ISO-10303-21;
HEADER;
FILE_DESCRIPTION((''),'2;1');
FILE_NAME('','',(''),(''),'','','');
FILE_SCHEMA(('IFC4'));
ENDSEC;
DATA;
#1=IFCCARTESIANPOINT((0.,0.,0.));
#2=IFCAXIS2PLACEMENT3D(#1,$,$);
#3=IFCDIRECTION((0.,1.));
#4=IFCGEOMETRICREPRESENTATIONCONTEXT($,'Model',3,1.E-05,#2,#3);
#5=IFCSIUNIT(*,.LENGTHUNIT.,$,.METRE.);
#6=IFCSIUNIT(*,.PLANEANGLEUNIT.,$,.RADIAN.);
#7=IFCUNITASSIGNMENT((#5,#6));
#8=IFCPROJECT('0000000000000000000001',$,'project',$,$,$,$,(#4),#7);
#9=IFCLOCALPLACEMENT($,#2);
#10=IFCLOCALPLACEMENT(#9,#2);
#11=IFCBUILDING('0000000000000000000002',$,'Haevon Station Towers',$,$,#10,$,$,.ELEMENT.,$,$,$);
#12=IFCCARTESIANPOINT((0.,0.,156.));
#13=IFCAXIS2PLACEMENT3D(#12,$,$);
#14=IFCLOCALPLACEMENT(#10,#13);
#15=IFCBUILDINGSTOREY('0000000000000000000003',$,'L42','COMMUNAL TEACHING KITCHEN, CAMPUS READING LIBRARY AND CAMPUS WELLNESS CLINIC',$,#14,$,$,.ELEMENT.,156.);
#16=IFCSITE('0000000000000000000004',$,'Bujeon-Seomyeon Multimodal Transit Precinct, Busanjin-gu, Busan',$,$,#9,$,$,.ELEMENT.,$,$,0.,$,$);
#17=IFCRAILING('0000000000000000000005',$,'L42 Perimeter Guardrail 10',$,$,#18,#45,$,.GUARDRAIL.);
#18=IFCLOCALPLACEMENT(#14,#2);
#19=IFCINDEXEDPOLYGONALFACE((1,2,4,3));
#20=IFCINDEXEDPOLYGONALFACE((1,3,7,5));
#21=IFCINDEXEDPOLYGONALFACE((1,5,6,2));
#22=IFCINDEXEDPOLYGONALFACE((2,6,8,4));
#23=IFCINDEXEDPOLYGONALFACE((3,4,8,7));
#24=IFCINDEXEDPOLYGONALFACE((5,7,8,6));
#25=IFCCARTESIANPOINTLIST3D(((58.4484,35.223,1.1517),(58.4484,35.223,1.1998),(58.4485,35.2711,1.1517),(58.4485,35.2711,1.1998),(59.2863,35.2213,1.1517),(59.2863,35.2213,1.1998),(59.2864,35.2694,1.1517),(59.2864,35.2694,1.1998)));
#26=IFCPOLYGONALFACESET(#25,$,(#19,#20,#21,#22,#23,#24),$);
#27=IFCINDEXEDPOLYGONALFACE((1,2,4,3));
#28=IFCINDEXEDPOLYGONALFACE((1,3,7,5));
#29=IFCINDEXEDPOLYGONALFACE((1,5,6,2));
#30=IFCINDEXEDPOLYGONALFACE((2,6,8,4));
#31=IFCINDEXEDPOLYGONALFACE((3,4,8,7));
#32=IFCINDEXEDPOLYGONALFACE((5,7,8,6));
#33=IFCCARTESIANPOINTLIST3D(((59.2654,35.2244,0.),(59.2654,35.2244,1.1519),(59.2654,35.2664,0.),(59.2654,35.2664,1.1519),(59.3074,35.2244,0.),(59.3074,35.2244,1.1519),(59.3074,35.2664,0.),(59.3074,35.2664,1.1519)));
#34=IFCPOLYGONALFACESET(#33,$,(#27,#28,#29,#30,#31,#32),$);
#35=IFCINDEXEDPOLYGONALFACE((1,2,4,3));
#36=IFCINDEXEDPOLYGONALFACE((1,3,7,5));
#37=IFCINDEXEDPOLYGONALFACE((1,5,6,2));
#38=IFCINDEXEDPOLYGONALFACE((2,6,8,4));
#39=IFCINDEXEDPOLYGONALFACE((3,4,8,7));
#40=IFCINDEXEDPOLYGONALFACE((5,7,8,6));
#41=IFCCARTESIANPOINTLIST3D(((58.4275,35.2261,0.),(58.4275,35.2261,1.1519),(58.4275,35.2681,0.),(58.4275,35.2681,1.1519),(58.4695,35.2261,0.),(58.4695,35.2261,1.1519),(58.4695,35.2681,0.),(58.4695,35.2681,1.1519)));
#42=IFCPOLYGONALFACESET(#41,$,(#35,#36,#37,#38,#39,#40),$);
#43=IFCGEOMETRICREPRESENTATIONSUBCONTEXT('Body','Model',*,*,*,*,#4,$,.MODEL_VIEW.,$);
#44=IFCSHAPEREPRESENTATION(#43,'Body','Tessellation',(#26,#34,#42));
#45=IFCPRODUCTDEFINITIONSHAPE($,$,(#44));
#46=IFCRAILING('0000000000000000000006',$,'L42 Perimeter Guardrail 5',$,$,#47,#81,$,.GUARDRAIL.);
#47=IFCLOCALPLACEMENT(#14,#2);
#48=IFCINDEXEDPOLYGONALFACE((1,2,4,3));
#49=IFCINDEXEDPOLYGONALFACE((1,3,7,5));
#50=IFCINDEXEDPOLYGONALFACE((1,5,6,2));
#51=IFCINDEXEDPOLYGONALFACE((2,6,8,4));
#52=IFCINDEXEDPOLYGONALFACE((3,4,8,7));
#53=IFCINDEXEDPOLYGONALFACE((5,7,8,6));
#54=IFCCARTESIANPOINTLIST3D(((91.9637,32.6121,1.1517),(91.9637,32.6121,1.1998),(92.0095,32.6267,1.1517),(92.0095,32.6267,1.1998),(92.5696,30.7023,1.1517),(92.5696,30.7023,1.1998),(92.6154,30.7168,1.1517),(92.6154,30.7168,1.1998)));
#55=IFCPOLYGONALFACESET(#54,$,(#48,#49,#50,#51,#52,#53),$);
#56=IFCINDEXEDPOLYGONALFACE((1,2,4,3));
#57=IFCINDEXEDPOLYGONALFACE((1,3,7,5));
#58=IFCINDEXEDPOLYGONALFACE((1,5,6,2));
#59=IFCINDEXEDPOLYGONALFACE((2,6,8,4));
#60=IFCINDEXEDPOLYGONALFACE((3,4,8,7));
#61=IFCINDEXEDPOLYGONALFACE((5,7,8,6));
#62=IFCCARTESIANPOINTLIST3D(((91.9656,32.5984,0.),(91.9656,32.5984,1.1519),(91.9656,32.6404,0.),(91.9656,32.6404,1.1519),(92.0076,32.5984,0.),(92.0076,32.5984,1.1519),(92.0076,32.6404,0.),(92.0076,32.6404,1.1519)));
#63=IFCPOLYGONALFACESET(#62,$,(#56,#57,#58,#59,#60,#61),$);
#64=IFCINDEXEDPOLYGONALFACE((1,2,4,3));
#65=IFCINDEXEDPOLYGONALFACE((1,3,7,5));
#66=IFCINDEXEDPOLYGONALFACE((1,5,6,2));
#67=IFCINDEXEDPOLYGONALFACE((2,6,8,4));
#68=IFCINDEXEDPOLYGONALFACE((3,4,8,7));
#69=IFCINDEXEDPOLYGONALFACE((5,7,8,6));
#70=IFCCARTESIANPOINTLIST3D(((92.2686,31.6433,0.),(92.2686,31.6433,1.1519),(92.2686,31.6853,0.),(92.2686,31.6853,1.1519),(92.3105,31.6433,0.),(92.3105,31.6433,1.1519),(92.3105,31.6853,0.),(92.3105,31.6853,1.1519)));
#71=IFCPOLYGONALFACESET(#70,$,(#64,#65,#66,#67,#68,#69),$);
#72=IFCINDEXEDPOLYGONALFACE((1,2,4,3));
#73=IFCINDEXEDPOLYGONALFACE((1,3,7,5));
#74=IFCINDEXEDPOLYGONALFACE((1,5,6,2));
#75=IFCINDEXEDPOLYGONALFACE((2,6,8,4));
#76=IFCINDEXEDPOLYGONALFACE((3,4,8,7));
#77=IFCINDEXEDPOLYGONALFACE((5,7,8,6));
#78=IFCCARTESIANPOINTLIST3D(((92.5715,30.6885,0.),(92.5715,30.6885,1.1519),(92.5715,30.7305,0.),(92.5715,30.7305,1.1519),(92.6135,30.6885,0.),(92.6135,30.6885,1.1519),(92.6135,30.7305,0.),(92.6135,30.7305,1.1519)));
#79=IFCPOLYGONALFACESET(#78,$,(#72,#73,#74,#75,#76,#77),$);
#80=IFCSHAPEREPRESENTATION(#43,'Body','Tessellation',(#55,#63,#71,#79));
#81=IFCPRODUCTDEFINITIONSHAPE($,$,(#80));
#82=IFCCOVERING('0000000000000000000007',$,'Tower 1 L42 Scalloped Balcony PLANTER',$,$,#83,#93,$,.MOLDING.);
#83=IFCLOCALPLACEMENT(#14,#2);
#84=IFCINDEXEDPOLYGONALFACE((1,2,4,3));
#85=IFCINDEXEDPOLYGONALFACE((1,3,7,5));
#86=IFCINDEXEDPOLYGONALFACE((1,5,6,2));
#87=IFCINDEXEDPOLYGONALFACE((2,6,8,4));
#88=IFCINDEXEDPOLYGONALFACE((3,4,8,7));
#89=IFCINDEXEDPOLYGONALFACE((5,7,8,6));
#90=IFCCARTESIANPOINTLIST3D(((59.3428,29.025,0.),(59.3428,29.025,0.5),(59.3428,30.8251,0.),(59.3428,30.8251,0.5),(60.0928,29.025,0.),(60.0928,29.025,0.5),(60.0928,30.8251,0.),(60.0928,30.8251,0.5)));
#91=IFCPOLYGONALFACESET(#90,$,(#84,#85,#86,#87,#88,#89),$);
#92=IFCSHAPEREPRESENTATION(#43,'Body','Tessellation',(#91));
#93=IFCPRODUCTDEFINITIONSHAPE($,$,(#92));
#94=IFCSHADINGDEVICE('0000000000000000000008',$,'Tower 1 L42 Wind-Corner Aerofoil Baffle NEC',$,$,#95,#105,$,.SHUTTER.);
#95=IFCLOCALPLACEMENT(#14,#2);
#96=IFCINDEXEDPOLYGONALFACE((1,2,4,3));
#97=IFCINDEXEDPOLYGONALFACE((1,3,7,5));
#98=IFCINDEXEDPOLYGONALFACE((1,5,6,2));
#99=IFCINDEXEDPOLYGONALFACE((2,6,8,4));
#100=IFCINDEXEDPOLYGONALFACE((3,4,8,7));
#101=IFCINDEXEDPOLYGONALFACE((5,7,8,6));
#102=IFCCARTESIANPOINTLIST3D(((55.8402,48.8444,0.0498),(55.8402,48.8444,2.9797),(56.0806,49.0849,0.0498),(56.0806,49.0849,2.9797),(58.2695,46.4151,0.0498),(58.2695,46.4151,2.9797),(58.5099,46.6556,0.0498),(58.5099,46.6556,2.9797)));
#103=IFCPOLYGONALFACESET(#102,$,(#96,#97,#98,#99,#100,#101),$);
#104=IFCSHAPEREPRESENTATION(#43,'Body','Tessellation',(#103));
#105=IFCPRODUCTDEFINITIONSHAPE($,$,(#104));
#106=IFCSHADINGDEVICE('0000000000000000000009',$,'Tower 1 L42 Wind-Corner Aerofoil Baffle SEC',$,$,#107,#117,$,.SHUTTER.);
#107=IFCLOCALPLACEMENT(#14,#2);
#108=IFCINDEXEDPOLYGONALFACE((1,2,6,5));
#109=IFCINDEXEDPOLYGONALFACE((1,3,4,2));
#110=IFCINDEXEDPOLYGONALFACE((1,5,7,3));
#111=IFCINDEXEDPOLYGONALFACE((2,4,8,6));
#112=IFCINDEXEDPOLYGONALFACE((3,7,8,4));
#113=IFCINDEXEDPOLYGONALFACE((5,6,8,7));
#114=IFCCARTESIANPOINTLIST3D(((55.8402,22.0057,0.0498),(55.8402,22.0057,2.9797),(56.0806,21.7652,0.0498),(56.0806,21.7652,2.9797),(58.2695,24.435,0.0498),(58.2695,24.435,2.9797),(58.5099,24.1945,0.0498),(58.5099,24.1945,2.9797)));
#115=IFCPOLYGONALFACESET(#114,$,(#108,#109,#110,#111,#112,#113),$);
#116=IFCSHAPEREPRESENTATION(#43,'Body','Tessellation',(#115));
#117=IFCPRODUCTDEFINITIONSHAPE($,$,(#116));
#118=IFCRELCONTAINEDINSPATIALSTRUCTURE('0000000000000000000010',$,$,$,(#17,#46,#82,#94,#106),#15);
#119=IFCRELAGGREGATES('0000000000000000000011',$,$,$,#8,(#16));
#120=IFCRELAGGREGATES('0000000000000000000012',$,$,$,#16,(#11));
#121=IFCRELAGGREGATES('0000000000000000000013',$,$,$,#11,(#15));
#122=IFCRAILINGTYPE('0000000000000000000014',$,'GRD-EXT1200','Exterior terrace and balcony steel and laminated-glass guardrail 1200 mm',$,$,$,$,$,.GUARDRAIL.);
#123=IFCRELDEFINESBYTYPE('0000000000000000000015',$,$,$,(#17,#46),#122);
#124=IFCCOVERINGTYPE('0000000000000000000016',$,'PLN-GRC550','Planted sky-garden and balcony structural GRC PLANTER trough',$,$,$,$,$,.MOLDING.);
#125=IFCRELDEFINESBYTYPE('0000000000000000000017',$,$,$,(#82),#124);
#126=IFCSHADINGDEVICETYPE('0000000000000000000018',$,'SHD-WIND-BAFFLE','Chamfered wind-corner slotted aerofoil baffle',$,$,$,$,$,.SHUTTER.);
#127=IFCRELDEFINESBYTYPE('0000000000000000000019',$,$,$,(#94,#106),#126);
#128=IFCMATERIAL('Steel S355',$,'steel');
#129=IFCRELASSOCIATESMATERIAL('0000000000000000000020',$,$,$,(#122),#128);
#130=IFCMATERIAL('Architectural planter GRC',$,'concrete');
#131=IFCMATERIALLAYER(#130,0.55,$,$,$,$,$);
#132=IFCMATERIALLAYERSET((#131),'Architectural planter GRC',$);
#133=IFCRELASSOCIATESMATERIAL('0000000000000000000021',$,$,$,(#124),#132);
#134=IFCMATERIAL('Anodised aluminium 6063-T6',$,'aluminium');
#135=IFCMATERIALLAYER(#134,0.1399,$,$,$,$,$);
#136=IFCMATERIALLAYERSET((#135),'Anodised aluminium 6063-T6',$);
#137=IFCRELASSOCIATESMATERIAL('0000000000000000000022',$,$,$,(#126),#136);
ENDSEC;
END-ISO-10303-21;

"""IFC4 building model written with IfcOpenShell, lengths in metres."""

from ifc_helpers import new_model, si_unit, direction, frame, origin, origin_2d, place, context, subcontext, project, spatial, rectangle, extrude, material, layer, layer_set, type_object, element, save


model = new_model("IFC4")

# Units and contexts
model_context = context("Model", 3, precision=1e-05, world=origin(), true_north=direction((0.0, 1.0)))
body_context = subcontext(model_context, "Body", "Model", "MODEL_VIEW")
ifc_project = project(units=[si_unit("LENGTHUNIT", "METRE"), si_unit("PLANEANGLEUNIT", "RADIAN")], contexts=[model_context])

# Site, building, storey
site_placement = place(None, origin())
site = spatial("IfcSite", under=ifc_project, at=site_placement, Name="Bujeon-Seomyeon Multimodal Transit Precinct, Busanjin-gu, Busan", CompositionType="ELEMENT", RefElevation=0.0)
building_placement = place(site_placement, origin())
building = spatial("IfcBuilding", under=site, at=building_placement, Name="Haevon Station Towers", CompositionType="ELEMENT")
storey_placement = place(building_placement, frame((0.0, 0.0, 156.0)))
storey = spatial("IfcBuildingStorey", under=building, at=storey_placement, Name="L42", Description="COMMUNAL TEACHING KITCHEN, CAMPUS READING LIBRARY AND CAMPUS WELLNESS CLINIC", CompositionType="ELEMENT", Elevation=156.0)

# Shared definitions
ifc_material_1 = material(Name="Steel S355", Category="steel")

# Railings
railing_type = type_object("IfcRailingType", Name="GRD-EXT1200", Description="Exterior terrace and balcony steel and laminated-glass guardrail 1200 mm", PredefinedType="GUARDRAIL", material=ifc_material_1)
railing_1_placement = place(storey_placement, frame((59.2864, 35.2454, 0.0)))
element("IfcRailing", 1, at=railing_1_placement, inside=storey, type_object=railing_type, Name="L42 Perimeter Guardrail 10", PredefinedType="GUARDRAIL", context=body_context, shape_type="SweptSolid", body=[
    extrude(rectangle(XDim=0.0481, YDim=0.0481, at=origin_2d()), frame((0.0, 0.0, 1.1758), z_axis=(-0.999998, 0.00204, 0.0), x_axis=(-0.00204, -0.999998, 0.0)), (0.0, 0.0, 1.0), 0.8379),
    extrude(rectangle(XDim=0.042, YDim=0.042, at=origin_2d()), origin(), (0.0, 0.0, 1.0), 1.1519),
    extrude(rectangle(XDim=0.042, YDim=0.042, at=origin_2d()), frame((-0.8379, 0.0017, 0.0)), (0.0, 0.0, 1.0), 1.1519),
])
railing_2_placement = place(storey_placement, frame((91.9866, 32.6194, 0.0)))
element("IfcRailing", 2, at=railing_2_placement, inside=storey, type_object=railing_type, Name="L42 Perimeter Guardrail 5", PredefinedType="GUARDRAIL", context=body_context, shape_type="SweptSolid", body=[
    extrude(rectangle(XDim=0.0481, YDim=0.0481, at=origin_2d()), frame((0.0, 0.0, 1.1758), z_axis=(0.302414, -0.953177, 0.0), x_axis=(0.953177, 0.302414, 0.0)), (0.0, 0.0, 1.0), 2.0037),
    extrude(rectangle(XDim=0.042, YDim=0.042, at=origin_2d()), origin(), (0.0, 0.0, 1.0), 1.1519),
    extrude(rectangle(XDim=0.042, YDim=0.042, at=origin_2d()), frame((0.303, -0.9551, 0.0)), (0.0, 0.0, 1.0), 1.1519),
    extrude(rectangle(XDim=0.042, YDim=0.042, at=origin_2d()), frame((0.606, -1.9099, 0.0)), (0.0, 0.0, 1.0), 1.1519),
])

# Covering
ifc_material_2 = material(Name="Architectural planter GRC", Category="concrete")
ifc_layer_1 = layer(ifc_material_2, 0.55)
ifc_layer_set_1 = layer_set([ifc_layer_1], Name="Architectural planter GRC")
covering_type = type_object("IfcCoveringType", Name="PLN-GRC550", Description="Planted sky-garden and balcony structural GRC PLANTER trough", PredefinedType="MOLDING", material=ifc_layer_set_1)
covering_placement = place(storey_placement, frame((59.7178, 29.925, 0.0), z_axis=(0.0, 0.0, 1.0), x_axis=(1.0, 0.0, 0.0)))
element("IfcCovering", 3, at=covering_placement, inside=storey, type_object=covering_type, Name="Tower 1 L42 Scalloped Balcony PLANTER", PredefinedType="MOLDING", context=body_context, shape_type="SweptSolid", body=[
    extrude(rectangle(XDim=0.75, YDim=1.8, at=origin_2d()), origin(), (0.0, 0.0, 1.0), 0.5),
])

# Shading devices
ifc_material_3 = material(Name="Anodised aluminium 6063-T6", Category="aluminium")
ifc_layer_2 = layer(ifc_material_3, 0.1399)
ifc_layer_set_2 = layer_set([ifc_layer_2], Name="Anodised aluminium 6063-T6")
shading_device_type = type_object("IfcShadingDeviceType", Name="SHD-WIND-BAFFLE", Description="Chamfered wind-corner slotted aerofoil baffle", PredefinedType="SHUTTER", material=ifc_layer_set_2)
for number, where, z_axis, x_axis, name in (
    (4, (57.175, 47.75, 0.0498), (0.0, 0.0, 1.0), (0.707107, -0.707107, 0.0), "Tower 1 L42 Wind-Corner Aerofoil Baffle NEC"),
    (5, (57.175, 23.1001, 0.0498), (0.0, 0.0, 1.0), (-0.707107, -0.707107, 0.0), "Tower 1 L42 Wind-Corner Aerofoil Baffle SEC"),
):
    element("IfcShadingDevice", number, at=place(storey_placement, frame(where, z_axis=z_axis, x_axis=x_axis)), inside=storey, type_object=shading_device_type, Name=name, PredefinedType="SHUTTER", context=body_context, shape_type="SweptSolid", body=[
        extrude(rectangle(XDim=3.4355, YDim=0.3401, at=origin_2d()), origin(), (0.0, 0.0, 1.0), 2.9299),
    ])

save(model, "model.ifc")
